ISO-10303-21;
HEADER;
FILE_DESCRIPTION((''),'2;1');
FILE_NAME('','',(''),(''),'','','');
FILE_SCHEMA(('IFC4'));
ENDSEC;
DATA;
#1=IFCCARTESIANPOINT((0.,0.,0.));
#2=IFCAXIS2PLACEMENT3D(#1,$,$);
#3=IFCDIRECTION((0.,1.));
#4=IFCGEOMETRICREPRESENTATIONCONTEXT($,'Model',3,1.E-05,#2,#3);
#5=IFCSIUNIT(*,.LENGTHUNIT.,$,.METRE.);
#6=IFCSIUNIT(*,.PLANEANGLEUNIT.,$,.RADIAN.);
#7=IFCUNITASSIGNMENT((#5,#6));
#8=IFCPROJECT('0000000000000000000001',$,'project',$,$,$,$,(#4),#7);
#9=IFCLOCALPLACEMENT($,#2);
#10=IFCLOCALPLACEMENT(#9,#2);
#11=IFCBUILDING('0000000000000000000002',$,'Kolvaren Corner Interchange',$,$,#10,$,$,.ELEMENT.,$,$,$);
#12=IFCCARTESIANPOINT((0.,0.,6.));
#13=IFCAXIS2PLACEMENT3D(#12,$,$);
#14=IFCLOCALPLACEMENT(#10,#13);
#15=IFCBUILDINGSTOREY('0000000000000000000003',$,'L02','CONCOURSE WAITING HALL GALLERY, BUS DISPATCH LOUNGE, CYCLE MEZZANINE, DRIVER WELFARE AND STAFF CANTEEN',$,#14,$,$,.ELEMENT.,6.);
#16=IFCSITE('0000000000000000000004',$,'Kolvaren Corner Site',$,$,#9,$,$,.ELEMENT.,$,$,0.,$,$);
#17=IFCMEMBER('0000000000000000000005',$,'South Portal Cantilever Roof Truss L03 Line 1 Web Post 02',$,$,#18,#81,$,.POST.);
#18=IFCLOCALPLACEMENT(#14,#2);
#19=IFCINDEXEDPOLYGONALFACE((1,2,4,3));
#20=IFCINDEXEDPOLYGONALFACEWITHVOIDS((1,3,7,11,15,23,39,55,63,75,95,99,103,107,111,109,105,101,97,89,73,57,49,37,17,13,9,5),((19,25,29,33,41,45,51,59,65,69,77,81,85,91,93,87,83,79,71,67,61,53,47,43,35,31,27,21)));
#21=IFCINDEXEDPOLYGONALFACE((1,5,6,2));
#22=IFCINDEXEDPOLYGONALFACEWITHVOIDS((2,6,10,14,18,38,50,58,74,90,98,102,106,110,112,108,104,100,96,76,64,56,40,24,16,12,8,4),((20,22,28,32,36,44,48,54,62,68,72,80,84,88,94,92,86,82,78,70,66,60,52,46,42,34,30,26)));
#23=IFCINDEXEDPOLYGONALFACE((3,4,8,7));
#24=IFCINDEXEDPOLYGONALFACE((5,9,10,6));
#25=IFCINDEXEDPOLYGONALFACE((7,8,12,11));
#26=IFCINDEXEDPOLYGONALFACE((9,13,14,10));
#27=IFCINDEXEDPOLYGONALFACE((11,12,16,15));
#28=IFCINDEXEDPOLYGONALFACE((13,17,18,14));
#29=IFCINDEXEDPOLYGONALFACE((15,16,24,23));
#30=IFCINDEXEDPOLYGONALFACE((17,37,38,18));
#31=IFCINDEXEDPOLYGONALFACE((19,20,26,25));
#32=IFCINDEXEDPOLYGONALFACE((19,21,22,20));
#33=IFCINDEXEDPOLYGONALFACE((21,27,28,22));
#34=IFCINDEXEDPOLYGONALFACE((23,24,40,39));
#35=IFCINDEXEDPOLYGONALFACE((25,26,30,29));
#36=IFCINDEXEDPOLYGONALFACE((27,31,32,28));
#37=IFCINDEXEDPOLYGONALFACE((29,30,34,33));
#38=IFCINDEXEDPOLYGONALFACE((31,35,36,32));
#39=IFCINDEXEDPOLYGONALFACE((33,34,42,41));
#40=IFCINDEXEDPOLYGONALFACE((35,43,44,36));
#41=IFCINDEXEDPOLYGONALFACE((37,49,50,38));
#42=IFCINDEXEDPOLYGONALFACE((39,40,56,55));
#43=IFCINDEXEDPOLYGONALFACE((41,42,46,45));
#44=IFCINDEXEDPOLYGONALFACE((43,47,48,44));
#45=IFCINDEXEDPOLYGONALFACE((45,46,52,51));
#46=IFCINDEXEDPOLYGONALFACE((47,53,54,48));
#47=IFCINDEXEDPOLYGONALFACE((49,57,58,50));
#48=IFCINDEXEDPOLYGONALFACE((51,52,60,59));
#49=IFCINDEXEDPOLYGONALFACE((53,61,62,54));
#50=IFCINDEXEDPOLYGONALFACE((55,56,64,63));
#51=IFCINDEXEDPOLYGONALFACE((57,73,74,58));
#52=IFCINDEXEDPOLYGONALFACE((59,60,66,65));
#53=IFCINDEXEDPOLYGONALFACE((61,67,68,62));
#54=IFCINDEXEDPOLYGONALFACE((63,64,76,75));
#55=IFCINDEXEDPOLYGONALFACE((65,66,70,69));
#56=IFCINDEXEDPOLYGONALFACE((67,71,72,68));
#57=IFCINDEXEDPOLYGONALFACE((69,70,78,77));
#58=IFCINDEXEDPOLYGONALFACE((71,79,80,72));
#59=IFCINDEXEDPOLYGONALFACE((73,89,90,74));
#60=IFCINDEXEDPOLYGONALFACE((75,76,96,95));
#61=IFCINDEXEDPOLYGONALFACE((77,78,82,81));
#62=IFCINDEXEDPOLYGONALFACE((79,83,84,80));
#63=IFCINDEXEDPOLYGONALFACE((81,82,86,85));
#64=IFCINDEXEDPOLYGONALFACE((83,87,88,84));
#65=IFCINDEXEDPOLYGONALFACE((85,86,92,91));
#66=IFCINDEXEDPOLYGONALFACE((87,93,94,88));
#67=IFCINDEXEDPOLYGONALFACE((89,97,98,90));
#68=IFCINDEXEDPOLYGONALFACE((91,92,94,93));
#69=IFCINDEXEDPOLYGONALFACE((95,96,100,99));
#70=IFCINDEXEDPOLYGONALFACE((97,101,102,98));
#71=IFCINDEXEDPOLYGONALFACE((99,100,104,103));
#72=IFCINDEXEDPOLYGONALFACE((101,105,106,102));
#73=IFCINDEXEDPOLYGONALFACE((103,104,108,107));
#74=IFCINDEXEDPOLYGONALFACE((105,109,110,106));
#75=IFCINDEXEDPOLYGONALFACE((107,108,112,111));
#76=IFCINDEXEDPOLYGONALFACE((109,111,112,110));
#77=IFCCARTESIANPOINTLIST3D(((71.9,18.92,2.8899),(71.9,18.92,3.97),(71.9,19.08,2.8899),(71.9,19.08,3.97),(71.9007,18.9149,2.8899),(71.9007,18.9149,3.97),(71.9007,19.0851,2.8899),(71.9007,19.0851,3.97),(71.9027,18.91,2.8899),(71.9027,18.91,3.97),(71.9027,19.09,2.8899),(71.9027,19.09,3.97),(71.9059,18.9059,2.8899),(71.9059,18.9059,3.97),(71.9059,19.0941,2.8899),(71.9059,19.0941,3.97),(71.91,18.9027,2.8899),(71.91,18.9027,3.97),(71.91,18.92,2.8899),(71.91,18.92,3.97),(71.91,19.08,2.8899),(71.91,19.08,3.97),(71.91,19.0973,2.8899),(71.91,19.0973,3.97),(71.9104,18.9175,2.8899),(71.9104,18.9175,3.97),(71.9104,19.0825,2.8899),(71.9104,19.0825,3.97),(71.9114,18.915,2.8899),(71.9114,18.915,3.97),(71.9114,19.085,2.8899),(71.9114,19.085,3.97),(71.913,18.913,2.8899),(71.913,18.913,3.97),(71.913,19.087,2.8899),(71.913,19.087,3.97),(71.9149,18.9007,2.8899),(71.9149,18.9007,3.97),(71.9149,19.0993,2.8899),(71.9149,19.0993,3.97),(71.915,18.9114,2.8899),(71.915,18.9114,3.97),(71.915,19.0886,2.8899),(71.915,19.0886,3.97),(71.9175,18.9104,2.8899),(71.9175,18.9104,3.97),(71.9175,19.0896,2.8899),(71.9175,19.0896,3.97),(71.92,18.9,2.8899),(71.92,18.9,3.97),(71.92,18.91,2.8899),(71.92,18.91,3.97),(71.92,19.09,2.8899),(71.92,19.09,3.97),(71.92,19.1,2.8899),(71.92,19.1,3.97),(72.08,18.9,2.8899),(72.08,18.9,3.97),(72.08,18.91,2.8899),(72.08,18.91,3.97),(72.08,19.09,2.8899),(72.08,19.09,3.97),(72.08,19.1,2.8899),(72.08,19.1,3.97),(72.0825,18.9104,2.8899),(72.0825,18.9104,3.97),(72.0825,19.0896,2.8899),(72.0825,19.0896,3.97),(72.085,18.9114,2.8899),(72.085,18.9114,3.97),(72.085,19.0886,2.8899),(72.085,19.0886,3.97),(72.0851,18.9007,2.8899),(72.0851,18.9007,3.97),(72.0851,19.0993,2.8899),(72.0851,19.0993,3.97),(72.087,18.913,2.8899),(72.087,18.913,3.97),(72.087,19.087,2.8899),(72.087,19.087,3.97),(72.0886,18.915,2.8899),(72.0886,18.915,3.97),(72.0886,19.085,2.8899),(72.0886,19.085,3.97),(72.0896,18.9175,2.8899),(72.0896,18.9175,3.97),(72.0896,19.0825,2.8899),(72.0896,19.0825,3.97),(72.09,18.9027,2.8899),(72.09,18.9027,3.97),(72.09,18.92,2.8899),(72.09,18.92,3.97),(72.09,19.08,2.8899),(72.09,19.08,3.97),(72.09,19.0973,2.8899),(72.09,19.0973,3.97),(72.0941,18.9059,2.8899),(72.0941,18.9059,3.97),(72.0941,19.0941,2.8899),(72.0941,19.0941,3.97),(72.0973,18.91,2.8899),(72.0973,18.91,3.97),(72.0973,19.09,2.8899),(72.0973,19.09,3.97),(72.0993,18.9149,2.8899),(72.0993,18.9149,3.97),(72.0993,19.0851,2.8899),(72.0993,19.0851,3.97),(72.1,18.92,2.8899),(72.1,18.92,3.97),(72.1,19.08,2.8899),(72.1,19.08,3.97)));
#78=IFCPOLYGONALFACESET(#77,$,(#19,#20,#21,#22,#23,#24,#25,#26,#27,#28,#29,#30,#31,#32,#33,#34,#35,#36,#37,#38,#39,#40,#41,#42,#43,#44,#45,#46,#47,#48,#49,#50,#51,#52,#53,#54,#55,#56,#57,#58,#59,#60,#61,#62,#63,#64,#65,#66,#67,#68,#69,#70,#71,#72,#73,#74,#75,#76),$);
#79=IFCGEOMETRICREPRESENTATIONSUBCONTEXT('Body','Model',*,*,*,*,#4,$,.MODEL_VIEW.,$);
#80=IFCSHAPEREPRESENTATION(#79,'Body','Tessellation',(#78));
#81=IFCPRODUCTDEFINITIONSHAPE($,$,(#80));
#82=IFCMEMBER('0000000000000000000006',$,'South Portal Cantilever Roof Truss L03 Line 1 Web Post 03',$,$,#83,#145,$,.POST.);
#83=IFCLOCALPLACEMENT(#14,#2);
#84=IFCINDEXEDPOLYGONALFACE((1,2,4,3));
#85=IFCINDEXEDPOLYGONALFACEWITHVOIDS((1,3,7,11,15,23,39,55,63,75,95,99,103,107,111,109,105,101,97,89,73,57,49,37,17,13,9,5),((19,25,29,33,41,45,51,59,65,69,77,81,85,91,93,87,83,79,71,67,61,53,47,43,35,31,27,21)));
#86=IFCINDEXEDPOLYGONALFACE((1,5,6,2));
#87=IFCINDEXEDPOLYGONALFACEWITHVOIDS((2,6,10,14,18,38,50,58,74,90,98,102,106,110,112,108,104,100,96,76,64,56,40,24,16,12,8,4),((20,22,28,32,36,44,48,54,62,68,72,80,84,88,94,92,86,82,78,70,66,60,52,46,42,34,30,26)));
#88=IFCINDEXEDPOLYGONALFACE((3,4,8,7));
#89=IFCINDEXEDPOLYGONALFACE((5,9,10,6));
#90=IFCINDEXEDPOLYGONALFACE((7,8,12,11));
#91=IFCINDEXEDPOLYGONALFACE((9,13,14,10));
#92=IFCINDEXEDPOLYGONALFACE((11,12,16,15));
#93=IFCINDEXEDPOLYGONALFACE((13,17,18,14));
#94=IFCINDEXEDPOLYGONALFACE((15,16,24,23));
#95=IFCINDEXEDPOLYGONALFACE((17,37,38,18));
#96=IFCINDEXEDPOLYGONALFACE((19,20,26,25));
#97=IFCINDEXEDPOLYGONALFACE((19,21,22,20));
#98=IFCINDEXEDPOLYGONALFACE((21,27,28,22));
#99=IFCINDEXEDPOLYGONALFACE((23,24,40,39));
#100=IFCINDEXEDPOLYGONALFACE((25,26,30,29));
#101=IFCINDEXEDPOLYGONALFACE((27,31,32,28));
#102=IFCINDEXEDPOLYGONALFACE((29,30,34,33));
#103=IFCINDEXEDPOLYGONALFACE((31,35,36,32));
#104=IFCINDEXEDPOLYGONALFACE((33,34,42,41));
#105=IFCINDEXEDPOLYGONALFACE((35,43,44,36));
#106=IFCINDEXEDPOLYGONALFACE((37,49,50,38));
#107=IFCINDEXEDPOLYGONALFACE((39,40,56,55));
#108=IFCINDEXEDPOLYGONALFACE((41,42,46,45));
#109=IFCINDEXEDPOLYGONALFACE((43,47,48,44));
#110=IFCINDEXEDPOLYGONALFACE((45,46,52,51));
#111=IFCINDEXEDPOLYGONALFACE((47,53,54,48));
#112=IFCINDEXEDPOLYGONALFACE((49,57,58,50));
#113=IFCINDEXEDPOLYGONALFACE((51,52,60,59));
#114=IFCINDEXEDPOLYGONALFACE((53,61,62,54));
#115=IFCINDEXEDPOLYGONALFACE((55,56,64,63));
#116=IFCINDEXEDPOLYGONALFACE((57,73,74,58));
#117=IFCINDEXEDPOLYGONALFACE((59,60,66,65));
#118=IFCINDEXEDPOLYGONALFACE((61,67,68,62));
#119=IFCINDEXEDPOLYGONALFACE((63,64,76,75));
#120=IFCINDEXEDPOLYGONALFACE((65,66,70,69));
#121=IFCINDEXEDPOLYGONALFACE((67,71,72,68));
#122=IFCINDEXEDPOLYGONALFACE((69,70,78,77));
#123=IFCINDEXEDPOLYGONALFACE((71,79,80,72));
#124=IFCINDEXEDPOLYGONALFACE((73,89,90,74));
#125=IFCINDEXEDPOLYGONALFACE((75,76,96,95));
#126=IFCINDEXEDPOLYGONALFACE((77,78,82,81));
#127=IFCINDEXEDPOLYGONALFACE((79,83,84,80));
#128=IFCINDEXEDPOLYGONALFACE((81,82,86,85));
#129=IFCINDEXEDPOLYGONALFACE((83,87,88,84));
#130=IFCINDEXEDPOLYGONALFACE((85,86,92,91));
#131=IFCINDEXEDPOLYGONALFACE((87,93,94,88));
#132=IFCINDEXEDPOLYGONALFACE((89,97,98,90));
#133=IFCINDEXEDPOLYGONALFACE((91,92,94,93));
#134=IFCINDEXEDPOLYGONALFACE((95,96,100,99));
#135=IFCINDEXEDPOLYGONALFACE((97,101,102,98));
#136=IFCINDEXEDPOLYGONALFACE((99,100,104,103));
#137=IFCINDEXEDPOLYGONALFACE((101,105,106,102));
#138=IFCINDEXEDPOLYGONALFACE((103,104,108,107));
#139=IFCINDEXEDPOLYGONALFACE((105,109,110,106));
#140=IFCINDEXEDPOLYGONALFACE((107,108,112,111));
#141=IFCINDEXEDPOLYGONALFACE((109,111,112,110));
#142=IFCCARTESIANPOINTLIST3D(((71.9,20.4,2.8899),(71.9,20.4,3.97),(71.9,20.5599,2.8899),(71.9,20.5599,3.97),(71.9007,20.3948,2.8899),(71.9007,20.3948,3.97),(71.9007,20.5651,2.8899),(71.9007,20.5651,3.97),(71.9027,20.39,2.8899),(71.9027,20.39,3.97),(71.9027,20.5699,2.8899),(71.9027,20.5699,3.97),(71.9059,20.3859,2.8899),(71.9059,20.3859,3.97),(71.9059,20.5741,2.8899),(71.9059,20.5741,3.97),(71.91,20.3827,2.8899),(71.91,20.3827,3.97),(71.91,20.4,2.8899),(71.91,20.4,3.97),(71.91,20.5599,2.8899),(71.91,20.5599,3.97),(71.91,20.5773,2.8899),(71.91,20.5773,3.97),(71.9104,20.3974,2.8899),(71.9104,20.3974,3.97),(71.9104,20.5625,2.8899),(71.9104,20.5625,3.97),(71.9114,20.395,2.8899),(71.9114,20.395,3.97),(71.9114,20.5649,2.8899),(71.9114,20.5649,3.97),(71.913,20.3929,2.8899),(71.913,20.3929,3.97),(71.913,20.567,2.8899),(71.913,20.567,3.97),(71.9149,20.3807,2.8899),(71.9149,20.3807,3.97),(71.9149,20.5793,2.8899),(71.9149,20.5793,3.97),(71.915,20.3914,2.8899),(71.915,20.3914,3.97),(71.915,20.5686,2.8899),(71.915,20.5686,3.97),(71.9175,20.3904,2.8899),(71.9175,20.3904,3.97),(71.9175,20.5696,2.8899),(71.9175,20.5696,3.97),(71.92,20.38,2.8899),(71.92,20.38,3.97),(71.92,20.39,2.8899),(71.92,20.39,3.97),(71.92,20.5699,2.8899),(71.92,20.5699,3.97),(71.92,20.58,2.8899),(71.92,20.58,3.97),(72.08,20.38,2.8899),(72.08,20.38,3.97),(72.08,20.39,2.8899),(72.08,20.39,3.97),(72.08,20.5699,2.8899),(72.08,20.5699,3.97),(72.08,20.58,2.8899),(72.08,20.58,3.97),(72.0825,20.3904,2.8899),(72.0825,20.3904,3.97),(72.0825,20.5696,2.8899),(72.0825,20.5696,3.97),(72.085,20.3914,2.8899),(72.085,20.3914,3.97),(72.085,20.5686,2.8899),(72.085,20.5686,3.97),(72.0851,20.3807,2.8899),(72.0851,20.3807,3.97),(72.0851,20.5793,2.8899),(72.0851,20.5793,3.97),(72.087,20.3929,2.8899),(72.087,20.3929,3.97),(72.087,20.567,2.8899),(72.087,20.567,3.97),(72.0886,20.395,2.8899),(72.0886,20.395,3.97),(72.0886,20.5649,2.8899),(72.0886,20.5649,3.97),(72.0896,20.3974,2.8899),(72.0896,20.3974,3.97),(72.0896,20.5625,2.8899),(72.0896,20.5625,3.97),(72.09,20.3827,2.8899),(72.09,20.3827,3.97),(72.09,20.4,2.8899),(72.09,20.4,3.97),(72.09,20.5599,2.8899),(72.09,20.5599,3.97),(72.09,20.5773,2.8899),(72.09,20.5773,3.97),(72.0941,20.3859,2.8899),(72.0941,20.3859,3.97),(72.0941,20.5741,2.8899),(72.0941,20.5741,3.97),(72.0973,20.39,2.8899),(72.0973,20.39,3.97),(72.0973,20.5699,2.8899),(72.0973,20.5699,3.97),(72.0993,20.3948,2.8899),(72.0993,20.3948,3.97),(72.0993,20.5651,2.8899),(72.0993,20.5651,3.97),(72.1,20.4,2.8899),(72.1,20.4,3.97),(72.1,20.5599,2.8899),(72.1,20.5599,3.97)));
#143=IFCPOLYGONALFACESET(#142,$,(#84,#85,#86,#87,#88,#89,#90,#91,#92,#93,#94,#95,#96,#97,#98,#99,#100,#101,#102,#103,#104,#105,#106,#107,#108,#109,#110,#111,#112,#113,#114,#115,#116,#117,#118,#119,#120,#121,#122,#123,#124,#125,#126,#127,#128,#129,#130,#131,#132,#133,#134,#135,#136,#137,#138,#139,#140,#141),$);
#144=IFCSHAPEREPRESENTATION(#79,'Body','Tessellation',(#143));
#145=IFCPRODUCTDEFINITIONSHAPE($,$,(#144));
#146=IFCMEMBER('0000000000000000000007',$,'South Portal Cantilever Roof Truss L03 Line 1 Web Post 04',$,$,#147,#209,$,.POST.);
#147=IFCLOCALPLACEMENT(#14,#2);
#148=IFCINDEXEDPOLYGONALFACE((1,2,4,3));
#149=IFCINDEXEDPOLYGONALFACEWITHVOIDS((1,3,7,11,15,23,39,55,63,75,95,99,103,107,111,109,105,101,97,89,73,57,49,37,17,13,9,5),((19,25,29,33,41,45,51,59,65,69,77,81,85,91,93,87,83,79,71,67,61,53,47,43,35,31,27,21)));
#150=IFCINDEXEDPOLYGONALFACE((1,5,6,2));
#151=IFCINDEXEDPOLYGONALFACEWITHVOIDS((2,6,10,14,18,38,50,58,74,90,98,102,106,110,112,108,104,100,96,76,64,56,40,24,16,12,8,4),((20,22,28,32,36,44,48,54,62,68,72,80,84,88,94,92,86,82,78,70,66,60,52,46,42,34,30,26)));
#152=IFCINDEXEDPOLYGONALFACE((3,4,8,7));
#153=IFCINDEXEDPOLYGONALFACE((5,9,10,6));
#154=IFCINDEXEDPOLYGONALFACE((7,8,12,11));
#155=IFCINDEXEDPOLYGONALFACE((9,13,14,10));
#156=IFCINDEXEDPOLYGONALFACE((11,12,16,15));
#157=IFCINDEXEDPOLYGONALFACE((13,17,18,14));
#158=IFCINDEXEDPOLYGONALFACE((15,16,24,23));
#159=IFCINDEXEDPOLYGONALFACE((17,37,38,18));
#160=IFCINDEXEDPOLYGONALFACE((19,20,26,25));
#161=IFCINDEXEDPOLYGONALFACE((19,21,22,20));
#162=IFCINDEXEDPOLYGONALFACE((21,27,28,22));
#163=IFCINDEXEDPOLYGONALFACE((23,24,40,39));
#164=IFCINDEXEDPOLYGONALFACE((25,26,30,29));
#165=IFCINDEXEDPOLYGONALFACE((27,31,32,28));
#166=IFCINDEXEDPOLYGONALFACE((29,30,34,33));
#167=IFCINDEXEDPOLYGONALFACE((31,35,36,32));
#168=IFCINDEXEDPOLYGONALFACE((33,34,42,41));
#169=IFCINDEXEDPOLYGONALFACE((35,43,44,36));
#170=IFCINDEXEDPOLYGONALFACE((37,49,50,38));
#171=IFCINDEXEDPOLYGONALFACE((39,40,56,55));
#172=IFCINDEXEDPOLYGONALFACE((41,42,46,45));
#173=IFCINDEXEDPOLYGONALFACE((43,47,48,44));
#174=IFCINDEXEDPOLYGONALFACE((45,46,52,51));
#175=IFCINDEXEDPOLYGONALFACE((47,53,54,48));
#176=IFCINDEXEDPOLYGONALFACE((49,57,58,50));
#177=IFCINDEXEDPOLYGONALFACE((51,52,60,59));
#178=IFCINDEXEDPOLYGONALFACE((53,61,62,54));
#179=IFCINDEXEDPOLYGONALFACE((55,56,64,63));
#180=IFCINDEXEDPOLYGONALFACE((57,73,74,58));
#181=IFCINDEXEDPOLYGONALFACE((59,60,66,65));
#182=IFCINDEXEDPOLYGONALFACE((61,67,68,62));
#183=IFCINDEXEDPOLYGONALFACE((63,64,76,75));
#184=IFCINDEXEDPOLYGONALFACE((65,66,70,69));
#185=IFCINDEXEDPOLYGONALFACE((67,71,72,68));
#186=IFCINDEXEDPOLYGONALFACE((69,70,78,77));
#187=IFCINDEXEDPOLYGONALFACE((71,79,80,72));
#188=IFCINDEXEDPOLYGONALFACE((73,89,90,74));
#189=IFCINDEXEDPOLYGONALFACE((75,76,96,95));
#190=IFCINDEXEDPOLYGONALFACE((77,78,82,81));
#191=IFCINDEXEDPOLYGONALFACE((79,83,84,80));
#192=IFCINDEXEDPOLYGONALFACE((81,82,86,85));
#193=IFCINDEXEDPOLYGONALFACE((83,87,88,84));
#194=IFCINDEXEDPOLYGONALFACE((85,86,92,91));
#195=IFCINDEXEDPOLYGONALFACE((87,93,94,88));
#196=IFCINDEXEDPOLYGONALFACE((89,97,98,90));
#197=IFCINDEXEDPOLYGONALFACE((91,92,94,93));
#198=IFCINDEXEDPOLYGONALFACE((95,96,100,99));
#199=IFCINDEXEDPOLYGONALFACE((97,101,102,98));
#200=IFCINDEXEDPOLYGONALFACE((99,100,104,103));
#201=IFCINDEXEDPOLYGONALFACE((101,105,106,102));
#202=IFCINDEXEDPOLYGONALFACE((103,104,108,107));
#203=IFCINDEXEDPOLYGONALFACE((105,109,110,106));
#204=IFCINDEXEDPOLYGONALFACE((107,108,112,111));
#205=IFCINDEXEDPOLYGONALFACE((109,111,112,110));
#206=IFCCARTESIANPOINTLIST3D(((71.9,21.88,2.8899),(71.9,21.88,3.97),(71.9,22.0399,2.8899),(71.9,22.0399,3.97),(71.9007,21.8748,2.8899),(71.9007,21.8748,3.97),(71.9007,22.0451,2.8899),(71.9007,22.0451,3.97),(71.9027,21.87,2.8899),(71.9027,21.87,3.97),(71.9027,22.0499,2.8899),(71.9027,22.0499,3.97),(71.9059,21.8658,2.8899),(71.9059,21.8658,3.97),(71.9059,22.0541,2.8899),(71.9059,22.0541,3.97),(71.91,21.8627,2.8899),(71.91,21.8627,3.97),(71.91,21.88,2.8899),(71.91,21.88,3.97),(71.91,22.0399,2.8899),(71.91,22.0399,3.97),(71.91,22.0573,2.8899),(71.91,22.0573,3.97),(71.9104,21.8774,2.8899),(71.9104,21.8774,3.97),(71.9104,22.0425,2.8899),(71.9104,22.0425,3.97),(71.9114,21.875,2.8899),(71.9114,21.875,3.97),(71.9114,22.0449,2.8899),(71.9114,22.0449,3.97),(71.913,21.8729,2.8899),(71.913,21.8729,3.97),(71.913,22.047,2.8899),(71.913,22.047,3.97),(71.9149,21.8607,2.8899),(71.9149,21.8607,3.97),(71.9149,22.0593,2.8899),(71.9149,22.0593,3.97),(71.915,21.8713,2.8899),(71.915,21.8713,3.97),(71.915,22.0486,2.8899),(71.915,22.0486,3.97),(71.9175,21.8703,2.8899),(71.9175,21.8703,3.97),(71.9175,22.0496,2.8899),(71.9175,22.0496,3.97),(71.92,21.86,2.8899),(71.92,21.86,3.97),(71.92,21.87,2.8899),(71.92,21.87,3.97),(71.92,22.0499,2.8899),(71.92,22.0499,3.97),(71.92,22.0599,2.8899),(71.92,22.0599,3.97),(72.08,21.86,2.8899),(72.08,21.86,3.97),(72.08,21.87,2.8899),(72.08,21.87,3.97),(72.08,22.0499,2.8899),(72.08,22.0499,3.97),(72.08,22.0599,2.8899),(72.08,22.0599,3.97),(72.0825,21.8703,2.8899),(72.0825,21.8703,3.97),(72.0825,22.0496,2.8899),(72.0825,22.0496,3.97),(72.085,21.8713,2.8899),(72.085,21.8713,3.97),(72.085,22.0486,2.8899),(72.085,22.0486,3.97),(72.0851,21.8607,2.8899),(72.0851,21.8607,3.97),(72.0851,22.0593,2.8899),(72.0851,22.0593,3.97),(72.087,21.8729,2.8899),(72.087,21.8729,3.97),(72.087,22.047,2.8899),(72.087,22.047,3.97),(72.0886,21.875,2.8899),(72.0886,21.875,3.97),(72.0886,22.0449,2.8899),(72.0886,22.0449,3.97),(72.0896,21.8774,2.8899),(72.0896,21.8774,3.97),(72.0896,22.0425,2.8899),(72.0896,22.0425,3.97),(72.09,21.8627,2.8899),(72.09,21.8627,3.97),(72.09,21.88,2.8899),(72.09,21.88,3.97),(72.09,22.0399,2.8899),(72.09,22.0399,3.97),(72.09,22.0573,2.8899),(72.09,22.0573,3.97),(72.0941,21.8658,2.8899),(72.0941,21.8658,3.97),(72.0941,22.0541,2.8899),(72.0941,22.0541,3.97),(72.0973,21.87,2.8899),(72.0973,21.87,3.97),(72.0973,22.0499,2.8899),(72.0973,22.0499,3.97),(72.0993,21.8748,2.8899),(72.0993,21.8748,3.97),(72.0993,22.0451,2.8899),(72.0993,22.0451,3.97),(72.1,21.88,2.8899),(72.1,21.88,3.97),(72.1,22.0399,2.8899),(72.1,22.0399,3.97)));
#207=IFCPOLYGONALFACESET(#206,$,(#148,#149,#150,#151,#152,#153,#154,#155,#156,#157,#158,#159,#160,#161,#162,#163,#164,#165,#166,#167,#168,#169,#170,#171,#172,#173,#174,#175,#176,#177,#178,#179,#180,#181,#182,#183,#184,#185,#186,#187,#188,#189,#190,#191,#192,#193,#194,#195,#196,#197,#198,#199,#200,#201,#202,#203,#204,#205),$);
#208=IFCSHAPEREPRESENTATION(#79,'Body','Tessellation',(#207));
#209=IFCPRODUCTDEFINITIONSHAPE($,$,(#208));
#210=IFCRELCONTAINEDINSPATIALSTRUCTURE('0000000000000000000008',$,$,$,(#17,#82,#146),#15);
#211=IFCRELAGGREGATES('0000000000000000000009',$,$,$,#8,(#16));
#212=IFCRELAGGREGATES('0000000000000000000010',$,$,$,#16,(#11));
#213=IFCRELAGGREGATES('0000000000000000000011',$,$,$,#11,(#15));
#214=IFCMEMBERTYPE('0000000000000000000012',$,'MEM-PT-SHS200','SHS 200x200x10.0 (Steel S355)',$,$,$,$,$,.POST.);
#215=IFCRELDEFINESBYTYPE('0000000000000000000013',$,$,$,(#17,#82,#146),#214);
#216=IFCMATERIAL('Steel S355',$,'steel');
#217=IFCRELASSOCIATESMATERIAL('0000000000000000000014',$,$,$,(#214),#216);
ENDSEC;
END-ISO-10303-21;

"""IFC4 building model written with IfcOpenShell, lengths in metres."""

from ifc_helpers import new_model, si_unit, direction, frame, origin, origin_2d, place, context, subcontext, project, spatial, hollow_rectangle, extrude, material, material_profile, profile_set, type_object, element, save


model = new_model("IFC4")

# Units and contexts
model_context = context("Model", 3, precision=1e-05, world=origin(), true_north=direction((0.0, 1.0)))
body_context = subcontext(model_context, "Body", "Model", "MODEL_VIEW")
ifc_project = project(units=[si_unit("LENGTHUNIT", "METRE"), si_unit("PLANEANGLEUNIT", "RADIAN")], contexts=[model_context])

# Site, building, storey
site_placement = place(None, origin())
site = spatial("IfcSite", under=ifc_project, at=site_placement, Name="Kolvaren Corner Site", CompositionType="ELEMENT", RefElevation=0.0)
building_placement = place(site_placement, origin())
building = spatial("IfcBuilding", under=site, at=building_placement, Name="Kolvaren Corner Interchange", CompositionType="ELEMENT")
storey_placement = place(building_placement, frame((0.0, 0.0, 6.0)))
storey = spatial("IfcBuildingStorey", under=building, at=storey_placement, Name="L02", Description="CONCOURSE WAITING HALL GALLERY, BUS DISPATCH LOUNGE, CYCLE MEZZANINE, DRIVER WELFARE AND STAFF CANTEEN", CompositionType="ELEMENT", Elevation=6.0)

# Members
ifc_material_1 = material(Name="Steel S355", Category="steel")
ifc_material_profile_1 = material_profile(ifc_material_1, hollow_rectangle(XDim=0.2, YDim=0.2, WallThickness=0.01, InnerFilletRadius=0.01, OuterFilletRadius=0.02, at=origin_2d()), Name="SHS 200x200x10.0")
ifc_profile_set_1 = profile_set([ifc_material_profile_1], Name="Steel S355")
member_type_1 = type_object("IfcMemberType", Name="MEM-PT-SHS200", Description="SHS 200x200x10.0 (Steel S355)", PredefinedType="POST", material=ifc_profile_set_1)
for number, where, z_axis, x_axis, name in (
    (1, (72.0, 19.0, 2.8899), (0.0, 0.0, 1.0), (1.0, 0.0, 0.0), "South Portal Cantilever Roof Truss L03 Line 1 Web Post 02"),
    (2, (72.0, 20.48, 2.8899), (0.0, 0.0, 1.0), (1.0, 0.0, 0.0), "South Portal Cantilever Roof Truss L03 Line 1 Web Post 03"),
    (3, (72.0, 21.96, 2.8899), (0.0, 0.0, 1.0), (1.0, 0.0, 0.0), "South Portal Cantilever Roof Truss L03 Line 1 Web Post 04"),
):
    element("IfcMember", number, at=place(storey_placement, frame(where, z_axis=z_axis, x_axis=x_axis)), inside=storey, type_object=member_type_1, Name=name, PredefinedType="POST", context=body_context, shape_type="SweptSolid", body=[
        extrude(hollow_rectangle(XDim=0.2, YDim=0.2, WallThickness=0.01, InnerFilletRadius=0.01, OuterFilletRadius=0.02, at=origin_2d()), origin(), (0.0, 0.0, 1.0), 1.0801),
    ])

save(model, "model.ifc")
